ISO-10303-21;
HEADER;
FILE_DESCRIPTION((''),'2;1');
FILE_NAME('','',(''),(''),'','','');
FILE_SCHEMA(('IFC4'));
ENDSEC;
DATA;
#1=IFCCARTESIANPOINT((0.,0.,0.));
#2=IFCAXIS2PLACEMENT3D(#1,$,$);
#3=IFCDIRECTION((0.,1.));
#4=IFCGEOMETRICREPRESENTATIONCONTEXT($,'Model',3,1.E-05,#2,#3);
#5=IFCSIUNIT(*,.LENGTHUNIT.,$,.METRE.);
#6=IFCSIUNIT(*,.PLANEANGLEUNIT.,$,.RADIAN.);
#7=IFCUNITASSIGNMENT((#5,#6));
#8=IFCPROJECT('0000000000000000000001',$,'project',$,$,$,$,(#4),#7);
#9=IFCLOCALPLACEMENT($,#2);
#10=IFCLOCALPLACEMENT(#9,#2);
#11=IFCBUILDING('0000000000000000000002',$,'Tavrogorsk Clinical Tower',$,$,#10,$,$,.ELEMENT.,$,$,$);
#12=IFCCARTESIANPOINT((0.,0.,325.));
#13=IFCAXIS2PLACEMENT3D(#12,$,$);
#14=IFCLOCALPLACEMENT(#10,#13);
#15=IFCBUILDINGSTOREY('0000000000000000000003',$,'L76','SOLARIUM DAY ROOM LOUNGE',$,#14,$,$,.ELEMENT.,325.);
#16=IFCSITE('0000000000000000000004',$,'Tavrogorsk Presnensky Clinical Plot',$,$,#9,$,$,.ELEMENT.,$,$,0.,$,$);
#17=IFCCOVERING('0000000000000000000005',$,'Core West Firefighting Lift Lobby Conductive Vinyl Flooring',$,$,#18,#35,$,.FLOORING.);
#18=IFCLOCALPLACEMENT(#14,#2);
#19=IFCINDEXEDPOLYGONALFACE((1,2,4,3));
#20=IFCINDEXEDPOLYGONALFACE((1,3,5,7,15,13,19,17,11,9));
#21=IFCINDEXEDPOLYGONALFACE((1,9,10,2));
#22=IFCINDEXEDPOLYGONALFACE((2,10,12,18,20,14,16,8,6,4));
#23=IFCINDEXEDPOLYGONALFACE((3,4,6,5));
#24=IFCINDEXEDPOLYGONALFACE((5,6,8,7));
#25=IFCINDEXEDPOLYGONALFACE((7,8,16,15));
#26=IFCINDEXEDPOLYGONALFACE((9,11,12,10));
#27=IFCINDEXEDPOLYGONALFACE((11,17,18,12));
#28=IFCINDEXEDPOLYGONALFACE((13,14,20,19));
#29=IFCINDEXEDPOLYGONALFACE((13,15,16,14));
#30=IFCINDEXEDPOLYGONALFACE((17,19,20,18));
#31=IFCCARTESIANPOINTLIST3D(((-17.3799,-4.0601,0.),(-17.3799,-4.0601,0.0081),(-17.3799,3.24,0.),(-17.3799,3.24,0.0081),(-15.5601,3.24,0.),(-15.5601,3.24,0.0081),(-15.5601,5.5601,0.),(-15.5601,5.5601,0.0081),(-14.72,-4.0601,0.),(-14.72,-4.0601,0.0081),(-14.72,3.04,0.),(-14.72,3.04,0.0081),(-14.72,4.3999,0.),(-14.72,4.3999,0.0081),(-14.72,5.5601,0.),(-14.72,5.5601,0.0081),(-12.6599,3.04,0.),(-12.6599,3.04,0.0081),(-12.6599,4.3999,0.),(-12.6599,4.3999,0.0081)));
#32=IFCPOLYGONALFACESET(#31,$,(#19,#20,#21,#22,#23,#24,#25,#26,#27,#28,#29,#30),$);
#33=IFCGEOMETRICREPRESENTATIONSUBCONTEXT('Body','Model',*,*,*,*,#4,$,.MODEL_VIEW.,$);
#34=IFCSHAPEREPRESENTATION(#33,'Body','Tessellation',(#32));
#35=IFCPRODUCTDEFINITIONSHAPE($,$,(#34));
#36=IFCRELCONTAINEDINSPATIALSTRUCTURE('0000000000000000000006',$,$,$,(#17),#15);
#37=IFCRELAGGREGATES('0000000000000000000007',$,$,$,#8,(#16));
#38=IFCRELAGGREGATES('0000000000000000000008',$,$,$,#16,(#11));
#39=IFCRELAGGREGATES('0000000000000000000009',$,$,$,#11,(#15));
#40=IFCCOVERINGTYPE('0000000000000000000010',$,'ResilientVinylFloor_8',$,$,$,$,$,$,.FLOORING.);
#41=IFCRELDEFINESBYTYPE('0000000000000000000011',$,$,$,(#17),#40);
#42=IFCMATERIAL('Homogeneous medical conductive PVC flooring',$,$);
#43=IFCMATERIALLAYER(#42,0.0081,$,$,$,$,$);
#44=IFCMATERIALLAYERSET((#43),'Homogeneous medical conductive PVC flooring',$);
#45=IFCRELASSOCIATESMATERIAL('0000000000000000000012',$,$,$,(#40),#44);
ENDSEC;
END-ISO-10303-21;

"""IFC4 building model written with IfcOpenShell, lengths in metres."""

from ifc_helpers import new_model, si_unit, direction, frame, origin, place, context, subcontext, project, spatial, polyline, outline, extrude, material, layer, layer_set, type_object, element, save


model = new_model("IFC4")

# Units and contexts
model_context = context("Model", 3, precision=1e-05, world=origin(), true_north=direction((0.0, 1.0)))
body_context = subcontext(model_context, "Body", "Model", "MODEL_VIEW")
ifc_project = project(units=[si_unit("LENGTHUNIT", "METRE"), si_unit("PLANEANGLEUNIT", "RADIAN")], contexts=[model_context])

# Site, building, storey
site_placement = place(None, origin())
site = spatial("IfcSite", under=ifc_project, at=site_placement, Name="Tavrogorsk Presnensky Clinical Plot", CompositionType="ELEMENT", RefElevation=0.0)
building_placement = place(site_placement, origin())
building = spatial("IfcBuilding", under=site, at=building_placement, Name="Tavrogorsk Clinical Tower", CompositionType="ELEMENT")
storey_placement = place(building_placement, frame((0.0, 0.0, 325.0)))
storey = spatial("IfcBuildingStorey", under=building, at=storey_placement, Name="L76", Description="SOLARIUM DAY ROOM LOUNGE", CompositionType="ELEMENT", Elevation=325.0)

# Covering
ifc_material_1 = material(Name="Homogeneous medical conductive PVC flooring")
ifc_layer_1 = layer(ifc_material_1, 0.0081)
ifc_layer_set_1 = layer_set([ifc_layer_1], Name="Homogeneous medical conductive PVC flooring")
covering_type_1 = type_object("IfcCoveringType", Name="ResilientVinylFloor_8", PredefinedType="FLOORING", material=ifc_layer_set_1)
covering_1_placement = place(storey_placement, origin())
element("IfcCovering", 1, at=covering_1_placement, inside=storey, type_object=covering_type_1, Name="Core West Firefighting Lift Lobby Conductive Vinyl Flooring", PredefinedType="FLOORING", context=body_context, shape_type="SweptSolid", body=[
    extrude(outline(polyline([(-17.3799, -4.0601), (-17.3799, 3.24), (-15.5601, 3.24), (-15.5601, 5.5601), (-14.72, 5.5601), (-14.72, 4.3999), (-12.6599, 4.3999), (-12.6599, 3.04), (-14.72, 3.04), (-14.72, -4.0601), (-17.3799, -4.0601)])), origin(), (0.0, 0.0, 1.0), 0.0081),
])

save(model, "model.ifc")
